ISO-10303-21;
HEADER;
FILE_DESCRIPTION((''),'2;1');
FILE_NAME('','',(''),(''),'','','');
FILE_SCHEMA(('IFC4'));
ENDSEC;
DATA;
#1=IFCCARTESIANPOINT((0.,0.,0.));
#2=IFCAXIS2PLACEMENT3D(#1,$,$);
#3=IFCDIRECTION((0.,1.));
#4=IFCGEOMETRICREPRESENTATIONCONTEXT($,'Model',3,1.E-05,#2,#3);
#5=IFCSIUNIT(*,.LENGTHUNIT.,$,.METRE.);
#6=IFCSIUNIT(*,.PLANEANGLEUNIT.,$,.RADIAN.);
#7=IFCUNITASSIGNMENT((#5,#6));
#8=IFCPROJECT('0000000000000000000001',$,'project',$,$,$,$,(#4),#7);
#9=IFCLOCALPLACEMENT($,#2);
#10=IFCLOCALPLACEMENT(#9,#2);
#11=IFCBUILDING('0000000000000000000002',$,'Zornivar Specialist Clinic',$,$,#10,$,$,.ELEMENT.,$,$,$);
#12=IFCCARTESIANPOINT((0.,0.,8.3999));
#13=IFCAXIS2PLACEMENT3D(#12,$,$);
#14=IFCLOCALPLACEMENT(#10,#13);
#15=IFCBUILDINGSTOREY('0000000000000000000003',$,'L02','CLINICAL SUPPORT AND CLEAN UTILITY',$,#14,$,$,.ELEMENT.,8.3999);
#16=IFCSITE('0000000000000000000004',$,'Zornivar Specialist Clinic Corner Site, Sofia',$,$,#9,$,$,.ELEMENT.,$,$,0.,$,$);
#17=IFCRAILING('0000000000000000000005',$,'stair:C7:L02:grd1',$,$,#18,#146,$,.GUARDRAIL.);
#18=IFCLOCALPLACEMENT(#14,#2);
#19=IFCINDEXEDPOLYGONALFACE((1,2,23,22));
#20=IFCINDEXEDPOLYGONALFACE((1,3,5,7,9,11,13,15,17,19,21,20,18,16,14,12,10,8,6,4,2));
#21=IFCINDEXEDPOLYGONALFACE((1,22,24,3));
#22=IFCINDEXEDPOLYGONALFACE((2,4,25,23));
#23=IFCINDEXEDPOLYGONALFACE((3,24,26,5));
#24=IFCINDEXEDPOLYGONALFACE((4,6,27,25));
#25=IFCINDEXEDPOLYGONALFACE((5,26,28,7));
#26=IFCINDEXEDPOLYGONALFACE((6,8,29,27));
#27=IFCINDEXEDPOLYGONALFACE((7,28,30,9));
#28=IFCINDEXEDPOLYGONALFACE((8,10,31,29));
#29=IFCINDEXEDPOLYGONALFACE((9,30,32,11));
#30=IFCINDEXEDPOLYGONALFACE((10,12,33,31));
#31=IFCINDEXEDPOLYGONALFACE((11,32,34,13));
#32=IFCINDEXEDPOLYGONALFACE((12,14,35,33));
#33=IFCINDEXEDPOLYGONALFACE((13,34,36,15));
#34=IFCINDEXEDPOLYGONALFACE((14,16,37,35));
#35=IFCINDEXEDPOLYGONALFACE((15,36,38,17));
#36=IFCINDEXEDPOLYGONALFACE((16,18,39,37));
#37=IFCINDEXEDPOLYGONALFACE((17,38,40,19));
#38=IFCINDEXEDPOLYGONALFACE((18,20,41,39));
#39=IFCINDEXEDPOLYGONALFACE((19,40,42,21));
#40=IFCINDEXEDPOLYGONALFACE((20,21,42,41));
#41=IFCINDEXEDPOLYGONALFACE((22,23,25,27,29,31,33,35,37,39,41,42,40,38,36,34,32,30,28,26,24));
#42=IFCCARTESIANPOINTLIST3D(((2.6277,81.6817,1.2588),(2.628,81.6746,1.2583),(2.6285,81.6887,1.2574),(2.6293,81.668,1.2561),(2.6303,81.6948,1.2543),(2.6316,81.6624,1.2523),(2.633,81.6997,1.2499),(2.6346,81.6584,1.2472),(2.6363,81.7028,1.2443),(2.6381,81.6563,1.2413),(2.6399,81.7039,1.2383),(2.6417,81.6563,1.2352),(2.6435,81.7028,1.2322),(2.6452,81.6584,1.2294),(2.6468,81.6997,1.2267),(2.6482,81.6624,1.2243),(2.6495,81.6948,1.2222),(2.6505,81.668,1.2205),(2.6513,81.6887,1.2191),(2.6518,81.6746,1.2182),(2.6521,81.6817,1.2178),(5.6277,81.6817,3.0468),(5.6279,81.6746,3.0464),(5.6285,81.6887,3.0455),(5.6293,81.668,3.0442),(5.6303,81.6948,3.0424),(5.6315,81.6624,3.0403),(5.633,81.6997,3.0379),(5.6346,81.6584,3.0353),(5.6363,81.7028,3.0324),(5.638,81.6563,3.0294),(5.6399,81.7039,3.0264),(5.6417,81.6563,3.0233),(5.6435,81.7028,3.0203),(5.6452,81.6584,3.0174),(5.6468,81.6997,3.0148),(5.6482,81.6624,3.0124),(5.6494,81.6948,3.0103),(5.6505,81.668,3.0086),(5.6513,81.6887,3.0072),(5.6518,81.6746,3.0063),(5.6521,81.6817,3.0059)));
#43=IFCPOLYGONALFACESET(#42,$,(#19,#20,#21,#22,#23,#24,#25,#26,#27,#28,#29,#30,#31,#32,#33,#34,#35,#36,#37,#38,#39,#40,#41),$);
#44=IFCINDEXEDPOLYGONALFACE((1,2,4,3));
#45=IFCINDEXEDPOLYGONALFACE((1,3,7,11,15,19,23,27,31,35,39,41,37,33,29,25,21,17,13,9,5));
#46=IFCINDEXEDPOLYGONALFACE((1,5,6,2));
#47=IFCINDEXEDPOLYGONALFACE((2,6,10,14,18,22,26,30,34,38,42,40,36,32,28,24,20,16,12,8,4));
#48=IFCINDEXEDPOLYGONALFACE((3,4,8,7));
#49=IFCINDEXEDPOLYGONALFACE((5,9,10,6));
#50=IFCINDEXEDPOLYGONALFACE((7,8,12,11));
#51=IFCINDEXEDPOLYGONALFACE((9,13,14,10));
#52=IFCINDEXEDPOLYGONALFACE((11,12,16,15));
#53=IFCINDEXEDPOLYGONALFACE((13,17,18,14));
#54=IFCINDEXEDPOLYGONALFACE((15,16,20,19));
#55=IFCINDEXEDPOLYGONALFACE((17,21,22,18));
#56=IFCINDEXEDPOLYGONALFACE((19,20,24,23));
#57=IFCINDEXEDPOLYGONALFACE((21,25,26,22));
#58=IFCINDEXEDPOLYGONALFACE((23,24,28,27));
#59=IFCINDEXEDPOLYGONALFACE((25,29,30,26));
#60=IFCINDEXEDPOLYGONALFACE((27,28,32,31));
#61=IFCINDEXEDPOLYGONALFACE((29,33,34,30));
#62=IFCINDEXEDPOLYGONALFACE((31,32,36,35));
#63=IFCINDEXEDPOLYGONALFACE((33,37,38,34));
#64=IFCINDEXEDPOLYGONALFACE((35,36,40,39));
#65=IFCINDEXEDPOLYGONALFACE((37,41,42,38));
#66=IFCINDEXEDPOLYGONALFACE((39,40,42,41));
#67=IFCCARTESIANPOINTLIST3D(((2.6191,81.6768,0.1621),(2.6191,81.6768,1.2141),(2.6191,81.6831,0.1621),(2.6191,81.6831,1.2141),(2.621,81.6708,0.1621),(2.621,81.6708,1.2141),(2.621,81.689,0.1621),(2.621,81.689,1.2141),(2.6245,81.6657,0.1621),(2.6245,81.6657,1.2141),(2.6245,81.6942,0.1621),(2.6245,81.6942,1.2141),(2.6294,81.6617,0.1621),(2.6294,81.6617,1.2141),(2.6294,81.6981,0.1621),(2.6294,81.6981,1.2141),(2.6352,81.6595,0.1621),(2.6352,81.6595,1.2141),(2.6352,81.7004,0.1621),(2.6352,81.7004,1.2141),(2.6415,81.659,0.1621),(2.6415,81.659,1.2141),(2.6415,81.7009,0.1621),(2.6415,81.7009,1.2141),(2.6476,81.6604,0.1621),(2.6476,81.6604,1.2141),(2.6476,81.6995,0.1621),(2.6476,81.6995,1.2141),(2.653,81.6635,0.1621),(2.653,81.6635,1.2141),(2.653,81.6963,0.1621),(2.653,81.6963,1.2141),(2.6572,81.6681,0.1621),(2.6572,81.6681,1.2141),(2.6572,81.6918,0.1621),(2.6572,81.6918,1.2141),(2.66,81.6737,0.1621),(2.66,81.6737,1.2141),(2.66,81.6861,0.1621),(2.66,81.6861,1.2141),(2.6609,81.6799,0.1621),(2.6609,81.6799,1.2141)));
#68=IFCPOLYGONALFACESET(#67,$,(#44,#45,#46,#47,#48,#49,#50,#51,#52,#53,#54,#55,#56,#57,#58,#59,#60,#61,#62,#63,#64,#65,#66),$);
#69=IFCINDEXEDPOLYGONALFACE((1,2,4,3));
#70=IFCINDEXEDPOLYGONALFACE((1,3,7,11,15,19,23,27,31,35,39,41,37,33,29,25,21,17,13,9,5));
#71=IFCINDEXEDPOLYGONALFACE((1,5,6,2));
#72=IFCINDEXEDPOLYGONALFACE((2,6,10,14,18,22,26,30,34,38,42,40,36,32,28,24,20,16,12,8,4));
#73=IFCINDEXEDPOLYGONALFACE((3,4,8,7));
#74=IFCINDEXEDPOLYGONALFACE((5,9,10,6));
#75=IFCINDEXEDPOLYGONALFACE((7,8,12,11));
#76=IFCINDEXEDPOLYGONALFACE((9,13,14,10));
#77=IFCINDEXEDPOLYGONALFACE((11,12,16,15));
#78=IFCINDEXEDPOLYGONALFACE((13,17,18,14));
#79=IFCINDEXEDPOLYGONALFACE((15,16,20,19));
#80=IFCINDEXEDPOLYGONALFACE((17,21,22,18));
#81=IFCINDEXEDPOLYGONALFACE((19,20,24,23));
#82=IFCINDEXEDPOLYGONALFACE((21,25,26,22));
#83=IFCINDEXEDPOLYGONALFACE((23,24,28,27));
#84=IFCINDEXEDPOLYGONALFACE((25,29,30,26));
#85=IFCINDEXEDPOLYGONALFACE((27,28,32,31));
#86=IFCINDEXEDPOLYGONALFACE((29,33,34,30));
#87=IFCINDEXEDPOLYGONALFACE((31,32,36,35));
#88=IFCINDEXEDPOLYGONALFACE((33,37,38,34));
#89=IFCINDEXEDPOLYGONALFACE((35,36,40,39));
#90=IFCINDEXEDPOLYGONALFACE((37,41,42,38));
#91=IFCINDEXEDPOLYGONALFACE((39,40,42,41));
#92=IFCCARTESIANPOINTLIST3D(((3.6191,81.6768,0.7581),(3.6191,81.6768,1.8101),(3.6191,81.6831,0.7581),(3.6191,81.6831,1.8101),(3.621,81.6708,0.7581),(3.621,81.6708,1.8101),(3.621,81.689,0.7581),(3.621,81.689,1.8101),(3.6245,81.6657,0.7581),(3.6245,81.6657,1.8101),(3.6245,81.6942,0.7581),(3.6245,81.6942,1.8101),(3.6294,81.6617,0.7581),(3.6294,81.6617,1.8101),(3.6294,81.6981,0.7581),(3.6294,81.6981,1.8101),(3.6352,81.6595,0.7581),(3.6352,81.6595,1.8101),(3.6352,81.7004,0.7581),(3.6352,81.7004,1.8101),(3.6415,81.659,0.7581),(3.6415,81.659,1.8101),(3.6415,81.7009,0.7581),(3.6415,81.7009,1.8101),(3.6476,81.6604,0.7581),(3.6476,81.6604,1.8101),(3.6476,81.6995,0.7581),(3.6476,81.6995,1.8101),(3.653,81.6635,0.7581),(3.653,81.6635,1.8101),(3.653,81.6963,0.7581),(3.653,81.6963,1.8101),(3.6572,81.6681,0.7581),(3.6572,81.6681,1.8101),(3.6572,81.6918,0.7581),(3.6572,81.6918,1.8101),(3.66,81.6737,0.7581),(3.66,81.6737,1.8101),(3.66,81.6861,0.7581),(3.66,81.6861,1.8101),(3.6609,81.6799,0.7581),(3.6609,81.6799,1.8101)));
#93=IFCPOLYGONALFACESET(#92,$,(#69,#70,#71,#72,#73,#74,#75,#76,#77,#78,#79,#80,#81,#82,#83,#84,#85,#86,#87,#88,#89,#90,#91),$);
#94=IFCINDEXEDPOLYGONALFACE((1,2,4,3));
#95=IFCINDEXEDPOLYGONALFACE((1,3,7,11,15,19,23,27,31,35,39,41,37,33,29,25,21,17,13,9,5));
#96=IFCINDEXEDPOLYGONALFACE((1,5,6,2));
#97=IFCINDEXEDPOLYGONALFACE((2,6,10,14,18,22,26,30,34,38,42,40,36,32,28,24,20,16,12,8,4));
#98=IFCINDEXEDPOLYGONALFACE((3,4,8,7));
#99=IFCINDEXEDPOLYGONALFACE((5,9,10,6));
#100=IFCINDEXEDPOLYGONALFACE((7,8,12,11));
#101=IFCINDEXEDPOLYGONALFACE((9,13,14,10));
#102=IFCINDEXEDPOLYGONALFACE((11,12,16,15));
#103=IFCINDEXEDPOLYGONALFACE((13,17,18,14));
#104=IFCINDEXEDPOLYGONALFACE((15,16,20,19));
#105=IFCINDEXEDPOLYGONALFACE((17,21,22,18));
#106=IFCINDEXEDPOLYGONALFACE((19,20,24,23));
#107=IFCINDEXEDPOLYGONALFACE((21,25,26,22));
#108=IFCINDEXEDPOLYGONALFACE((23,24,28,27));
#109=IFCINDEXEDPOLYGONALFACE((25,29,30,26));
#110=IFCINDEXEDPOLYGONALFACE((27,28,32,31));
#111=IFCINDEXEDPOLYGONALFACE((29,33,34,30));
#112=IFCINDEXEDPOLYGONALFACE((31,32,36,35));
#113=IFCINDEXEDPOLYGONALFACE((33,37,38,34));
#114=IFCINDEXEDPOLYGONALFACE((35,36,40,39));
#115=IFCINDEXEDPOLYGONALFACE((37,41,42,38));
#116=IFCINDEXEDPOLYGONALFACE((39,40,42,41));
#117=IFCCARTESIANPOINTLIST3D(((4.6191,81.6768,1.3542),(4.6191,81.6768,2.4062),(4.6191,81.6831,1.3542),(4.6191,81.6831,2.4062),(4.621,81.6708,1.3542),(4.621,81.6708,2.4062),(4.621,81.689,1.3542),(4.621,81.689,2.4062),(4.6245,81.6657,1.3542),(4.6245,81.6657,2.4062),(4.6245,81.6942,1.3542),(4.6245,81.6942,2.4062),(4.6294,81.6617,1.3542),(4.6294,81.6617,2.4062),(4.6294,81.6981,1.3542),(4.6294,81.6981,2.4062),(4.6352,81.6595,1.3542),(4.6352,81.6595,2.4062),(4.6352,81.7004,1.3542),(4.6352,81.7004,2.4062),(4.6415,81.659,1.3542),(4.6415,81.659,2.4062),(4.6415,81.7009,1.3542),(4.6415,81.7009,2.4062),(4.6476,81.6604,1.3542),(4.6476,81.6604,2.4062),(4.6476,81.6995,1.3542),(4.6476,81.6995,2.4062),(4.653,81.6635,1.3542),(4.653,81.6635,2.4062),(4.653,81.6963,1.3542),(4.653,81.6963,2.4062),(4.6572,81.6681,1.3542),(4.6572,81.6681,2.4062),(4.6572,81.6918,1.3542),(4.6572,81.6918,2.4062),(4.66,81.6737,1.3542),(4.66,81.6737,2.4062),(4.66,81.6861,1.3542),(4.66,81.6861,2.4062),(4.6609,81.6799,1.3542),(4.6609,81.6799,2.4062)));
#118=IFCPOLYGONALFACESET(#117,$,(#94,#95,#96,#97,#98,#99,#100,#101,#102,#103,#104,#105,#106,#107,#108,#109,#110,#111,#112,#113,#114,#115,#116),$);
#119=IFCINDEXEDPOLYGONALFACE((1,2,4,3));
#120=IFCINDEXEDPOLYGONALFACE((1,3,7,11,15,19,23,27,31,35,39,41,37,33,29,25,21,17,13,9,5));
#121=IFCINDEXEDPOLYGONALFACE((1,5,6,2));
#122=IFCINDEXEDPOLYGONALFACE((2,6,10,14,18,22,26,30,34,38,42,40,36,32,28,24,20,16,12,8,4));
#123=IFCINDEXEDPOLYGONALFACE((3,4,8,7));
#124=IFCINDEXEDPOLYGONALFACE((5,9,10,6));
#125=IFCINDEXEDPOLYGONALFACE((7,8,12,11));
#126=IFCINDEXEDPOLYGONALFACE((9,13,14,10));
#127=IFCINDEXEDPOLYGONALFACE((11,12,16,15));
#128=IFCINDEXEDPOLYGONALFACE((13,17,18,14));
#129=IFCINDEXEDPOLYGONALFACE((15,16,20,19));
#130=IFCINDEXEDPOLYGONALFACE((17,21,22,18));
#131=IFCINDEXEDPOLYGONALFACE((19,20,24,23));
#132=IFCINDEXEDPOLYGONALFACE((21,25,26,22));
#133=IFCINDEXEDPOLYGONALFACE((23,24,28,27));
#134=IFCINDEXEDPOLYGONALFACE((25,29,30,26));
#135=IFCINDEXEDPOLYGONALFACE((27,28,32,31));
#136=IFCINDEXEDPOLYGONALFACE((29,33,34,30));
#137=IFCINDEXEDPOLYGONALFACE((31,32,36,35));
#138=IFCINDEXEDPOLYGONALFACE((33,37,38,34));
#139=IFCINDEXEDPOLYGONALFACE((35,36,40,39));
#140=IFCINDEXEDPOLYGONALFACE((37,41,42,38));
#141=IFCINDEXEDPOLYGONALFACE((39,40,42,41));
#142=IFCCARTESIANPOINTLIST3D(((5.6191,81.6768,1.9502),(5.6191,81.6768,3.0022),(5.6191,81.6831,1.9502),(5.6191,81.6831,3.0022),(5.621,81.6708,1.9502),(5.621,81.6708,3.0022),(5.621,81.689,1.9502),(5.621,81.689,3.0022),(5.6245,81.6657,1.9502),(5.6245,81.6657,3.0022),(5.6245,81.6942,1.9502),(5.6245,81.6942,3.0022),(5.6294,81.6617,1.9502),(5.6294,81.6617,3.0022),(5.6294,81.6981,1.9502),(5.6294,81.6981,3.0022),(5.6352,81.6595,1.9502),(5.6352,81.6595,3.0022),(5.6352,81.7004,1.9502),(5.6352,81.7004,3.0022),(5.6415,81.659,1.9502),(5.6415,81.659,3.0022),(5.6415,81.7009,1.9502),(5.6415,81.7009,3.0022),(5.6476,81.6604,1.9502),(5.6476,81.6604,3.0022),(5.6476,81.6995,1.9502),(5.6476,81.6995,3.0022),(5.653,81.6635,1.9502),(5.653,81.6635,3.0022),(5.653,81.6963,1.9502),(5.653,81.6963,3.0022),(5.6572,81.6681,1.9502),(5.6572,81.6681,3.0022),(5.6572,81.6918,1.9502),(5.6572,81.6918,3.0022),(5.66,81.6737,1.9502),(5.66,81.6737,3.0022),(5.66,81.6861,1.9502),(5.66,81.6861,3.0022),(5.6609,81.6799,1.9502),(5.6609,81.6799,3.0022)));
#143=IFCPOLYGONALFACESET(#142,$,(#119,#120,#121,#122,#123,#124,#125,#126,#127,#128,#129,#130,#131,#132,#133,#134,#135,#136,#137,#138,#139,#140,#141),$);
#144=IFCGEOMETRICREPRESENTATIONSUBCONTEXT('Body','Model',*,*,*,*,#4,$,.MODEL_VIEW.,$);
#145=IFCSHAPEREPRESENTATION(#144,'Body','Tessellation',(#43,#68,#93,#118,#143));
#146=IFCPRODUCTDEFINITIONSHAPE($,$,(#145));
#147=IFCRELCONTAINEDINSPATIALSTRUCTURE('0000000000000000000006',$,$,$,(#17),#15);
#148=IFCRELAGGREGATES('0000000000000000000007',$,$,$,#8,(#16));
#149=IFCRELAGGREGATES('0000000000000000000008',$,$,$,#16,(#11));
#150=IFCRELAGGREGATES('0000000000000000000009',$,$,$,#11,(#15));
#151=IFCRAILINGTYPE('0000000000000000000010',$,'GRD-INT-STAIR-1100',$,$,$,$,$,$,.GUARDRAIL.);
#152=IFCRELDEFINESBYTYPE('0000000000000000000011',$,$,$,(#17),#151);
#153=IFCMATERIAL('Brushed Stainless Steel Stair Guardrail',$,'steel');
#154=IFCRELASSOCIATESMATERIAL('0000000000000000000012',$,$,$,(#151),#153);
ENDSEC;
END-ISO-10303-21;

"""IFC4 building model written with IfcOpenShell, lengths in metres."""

from ifc_helpers import new_model, si_unit, direction, frame, origin, origin_2d, place, context, subcontext, project, spatial, circle, extrude, material, type_object, element, save


model = new_model("IFC4")

# Units and contexts
model_context = context("Model", 3, precision=1e-05, world=origin(), true_north=direction((0.0, 1.0)))
body_context = subcontext(model_context, "Body", "Model", "MODEL_VIEW")
ifc_project = project(units=[si_unit("LENGTHUNIT", "METRE"), si_unit("PLANEANGLEUNIT", "RADIAN")], contexts=[model_context])

# Site, building, storey
site_placement = place(None, origin())
site = spatial("IfcSite", under=ifc_project, at=site_placement, Name="Zornivar Specialist Clinic Corner Site, Sofia", CompositionType="ELEMENT", RefElevation=0.0)
building_placement = place(site_placement, origin())
building = spatial("IfcBuilding", under=site, at=building_placement, Name="Zornivar Specialist Clinic", CompositionType="ELEMENT")
storey_placement = place(building_placement, frame((0.0, 0.0, 8.3999)))
storey = spatial("IfcBuildingStorey", under=building, at=storey_placement, Name="L02", Description="CLINICAL SUPPORT AND CLEAN UTILITY", CompositionType="ELEMENT", Elevation=8.3999)

# Railing
ifc_material_1 = material(Name="Brushed Stainless Steel Stair Guardrail", Category="steel")
railing_type_1 = type_object("IfcRailingType", Name="GRD-INT-STAIR-1100", PredefinedType="GUARDRAIL", material=ifc_material_1)
railing_1_placement = place(storey_placement, frame((2.6399, 81.6799, 0.1621)))
element("IfcRailing", 1, at=railing_1_placement, inside=storey, type_object=railing_type_1, Name="stair:C7:L02:grd1", PredefinedType="GUARDRAIL", context=body_context, shape_type="SweptSolid", body=[
    extrude(circle(Radius=0.0239, at=origin_2d()), frame((0.0, 0.0, 1.0762), z_axis=(0.858994, 0.0, 0.511985), x_axis=(0.0, 1.0, 0.0)), (0.0, 0.0, 1.0), 3.4924),
    extrude(circle(Radius=0.021, at=origin_2d()), origin(), (0.0, 0.0, 1.0), 1.052),
    extrude(circle(Radius=0.021, at=origin_2d()), frame((1.0, 0.0, 0.5959)), (0.0, 0.0, 1.0), 1.052),
    extrude(circle(Radius=0.021, at=origin_2d()), frame((2.0, 0.0, 1.1921)), (0.0, 0.0, 1.0), 1.052),
    extrude(circle(Radius=0.021, at=origin_2d()), frame((3.0, 0.0, 1.7881)), (0.0, 0.0, 1.0), 1.052),
])

save(model, "model.ifc")
